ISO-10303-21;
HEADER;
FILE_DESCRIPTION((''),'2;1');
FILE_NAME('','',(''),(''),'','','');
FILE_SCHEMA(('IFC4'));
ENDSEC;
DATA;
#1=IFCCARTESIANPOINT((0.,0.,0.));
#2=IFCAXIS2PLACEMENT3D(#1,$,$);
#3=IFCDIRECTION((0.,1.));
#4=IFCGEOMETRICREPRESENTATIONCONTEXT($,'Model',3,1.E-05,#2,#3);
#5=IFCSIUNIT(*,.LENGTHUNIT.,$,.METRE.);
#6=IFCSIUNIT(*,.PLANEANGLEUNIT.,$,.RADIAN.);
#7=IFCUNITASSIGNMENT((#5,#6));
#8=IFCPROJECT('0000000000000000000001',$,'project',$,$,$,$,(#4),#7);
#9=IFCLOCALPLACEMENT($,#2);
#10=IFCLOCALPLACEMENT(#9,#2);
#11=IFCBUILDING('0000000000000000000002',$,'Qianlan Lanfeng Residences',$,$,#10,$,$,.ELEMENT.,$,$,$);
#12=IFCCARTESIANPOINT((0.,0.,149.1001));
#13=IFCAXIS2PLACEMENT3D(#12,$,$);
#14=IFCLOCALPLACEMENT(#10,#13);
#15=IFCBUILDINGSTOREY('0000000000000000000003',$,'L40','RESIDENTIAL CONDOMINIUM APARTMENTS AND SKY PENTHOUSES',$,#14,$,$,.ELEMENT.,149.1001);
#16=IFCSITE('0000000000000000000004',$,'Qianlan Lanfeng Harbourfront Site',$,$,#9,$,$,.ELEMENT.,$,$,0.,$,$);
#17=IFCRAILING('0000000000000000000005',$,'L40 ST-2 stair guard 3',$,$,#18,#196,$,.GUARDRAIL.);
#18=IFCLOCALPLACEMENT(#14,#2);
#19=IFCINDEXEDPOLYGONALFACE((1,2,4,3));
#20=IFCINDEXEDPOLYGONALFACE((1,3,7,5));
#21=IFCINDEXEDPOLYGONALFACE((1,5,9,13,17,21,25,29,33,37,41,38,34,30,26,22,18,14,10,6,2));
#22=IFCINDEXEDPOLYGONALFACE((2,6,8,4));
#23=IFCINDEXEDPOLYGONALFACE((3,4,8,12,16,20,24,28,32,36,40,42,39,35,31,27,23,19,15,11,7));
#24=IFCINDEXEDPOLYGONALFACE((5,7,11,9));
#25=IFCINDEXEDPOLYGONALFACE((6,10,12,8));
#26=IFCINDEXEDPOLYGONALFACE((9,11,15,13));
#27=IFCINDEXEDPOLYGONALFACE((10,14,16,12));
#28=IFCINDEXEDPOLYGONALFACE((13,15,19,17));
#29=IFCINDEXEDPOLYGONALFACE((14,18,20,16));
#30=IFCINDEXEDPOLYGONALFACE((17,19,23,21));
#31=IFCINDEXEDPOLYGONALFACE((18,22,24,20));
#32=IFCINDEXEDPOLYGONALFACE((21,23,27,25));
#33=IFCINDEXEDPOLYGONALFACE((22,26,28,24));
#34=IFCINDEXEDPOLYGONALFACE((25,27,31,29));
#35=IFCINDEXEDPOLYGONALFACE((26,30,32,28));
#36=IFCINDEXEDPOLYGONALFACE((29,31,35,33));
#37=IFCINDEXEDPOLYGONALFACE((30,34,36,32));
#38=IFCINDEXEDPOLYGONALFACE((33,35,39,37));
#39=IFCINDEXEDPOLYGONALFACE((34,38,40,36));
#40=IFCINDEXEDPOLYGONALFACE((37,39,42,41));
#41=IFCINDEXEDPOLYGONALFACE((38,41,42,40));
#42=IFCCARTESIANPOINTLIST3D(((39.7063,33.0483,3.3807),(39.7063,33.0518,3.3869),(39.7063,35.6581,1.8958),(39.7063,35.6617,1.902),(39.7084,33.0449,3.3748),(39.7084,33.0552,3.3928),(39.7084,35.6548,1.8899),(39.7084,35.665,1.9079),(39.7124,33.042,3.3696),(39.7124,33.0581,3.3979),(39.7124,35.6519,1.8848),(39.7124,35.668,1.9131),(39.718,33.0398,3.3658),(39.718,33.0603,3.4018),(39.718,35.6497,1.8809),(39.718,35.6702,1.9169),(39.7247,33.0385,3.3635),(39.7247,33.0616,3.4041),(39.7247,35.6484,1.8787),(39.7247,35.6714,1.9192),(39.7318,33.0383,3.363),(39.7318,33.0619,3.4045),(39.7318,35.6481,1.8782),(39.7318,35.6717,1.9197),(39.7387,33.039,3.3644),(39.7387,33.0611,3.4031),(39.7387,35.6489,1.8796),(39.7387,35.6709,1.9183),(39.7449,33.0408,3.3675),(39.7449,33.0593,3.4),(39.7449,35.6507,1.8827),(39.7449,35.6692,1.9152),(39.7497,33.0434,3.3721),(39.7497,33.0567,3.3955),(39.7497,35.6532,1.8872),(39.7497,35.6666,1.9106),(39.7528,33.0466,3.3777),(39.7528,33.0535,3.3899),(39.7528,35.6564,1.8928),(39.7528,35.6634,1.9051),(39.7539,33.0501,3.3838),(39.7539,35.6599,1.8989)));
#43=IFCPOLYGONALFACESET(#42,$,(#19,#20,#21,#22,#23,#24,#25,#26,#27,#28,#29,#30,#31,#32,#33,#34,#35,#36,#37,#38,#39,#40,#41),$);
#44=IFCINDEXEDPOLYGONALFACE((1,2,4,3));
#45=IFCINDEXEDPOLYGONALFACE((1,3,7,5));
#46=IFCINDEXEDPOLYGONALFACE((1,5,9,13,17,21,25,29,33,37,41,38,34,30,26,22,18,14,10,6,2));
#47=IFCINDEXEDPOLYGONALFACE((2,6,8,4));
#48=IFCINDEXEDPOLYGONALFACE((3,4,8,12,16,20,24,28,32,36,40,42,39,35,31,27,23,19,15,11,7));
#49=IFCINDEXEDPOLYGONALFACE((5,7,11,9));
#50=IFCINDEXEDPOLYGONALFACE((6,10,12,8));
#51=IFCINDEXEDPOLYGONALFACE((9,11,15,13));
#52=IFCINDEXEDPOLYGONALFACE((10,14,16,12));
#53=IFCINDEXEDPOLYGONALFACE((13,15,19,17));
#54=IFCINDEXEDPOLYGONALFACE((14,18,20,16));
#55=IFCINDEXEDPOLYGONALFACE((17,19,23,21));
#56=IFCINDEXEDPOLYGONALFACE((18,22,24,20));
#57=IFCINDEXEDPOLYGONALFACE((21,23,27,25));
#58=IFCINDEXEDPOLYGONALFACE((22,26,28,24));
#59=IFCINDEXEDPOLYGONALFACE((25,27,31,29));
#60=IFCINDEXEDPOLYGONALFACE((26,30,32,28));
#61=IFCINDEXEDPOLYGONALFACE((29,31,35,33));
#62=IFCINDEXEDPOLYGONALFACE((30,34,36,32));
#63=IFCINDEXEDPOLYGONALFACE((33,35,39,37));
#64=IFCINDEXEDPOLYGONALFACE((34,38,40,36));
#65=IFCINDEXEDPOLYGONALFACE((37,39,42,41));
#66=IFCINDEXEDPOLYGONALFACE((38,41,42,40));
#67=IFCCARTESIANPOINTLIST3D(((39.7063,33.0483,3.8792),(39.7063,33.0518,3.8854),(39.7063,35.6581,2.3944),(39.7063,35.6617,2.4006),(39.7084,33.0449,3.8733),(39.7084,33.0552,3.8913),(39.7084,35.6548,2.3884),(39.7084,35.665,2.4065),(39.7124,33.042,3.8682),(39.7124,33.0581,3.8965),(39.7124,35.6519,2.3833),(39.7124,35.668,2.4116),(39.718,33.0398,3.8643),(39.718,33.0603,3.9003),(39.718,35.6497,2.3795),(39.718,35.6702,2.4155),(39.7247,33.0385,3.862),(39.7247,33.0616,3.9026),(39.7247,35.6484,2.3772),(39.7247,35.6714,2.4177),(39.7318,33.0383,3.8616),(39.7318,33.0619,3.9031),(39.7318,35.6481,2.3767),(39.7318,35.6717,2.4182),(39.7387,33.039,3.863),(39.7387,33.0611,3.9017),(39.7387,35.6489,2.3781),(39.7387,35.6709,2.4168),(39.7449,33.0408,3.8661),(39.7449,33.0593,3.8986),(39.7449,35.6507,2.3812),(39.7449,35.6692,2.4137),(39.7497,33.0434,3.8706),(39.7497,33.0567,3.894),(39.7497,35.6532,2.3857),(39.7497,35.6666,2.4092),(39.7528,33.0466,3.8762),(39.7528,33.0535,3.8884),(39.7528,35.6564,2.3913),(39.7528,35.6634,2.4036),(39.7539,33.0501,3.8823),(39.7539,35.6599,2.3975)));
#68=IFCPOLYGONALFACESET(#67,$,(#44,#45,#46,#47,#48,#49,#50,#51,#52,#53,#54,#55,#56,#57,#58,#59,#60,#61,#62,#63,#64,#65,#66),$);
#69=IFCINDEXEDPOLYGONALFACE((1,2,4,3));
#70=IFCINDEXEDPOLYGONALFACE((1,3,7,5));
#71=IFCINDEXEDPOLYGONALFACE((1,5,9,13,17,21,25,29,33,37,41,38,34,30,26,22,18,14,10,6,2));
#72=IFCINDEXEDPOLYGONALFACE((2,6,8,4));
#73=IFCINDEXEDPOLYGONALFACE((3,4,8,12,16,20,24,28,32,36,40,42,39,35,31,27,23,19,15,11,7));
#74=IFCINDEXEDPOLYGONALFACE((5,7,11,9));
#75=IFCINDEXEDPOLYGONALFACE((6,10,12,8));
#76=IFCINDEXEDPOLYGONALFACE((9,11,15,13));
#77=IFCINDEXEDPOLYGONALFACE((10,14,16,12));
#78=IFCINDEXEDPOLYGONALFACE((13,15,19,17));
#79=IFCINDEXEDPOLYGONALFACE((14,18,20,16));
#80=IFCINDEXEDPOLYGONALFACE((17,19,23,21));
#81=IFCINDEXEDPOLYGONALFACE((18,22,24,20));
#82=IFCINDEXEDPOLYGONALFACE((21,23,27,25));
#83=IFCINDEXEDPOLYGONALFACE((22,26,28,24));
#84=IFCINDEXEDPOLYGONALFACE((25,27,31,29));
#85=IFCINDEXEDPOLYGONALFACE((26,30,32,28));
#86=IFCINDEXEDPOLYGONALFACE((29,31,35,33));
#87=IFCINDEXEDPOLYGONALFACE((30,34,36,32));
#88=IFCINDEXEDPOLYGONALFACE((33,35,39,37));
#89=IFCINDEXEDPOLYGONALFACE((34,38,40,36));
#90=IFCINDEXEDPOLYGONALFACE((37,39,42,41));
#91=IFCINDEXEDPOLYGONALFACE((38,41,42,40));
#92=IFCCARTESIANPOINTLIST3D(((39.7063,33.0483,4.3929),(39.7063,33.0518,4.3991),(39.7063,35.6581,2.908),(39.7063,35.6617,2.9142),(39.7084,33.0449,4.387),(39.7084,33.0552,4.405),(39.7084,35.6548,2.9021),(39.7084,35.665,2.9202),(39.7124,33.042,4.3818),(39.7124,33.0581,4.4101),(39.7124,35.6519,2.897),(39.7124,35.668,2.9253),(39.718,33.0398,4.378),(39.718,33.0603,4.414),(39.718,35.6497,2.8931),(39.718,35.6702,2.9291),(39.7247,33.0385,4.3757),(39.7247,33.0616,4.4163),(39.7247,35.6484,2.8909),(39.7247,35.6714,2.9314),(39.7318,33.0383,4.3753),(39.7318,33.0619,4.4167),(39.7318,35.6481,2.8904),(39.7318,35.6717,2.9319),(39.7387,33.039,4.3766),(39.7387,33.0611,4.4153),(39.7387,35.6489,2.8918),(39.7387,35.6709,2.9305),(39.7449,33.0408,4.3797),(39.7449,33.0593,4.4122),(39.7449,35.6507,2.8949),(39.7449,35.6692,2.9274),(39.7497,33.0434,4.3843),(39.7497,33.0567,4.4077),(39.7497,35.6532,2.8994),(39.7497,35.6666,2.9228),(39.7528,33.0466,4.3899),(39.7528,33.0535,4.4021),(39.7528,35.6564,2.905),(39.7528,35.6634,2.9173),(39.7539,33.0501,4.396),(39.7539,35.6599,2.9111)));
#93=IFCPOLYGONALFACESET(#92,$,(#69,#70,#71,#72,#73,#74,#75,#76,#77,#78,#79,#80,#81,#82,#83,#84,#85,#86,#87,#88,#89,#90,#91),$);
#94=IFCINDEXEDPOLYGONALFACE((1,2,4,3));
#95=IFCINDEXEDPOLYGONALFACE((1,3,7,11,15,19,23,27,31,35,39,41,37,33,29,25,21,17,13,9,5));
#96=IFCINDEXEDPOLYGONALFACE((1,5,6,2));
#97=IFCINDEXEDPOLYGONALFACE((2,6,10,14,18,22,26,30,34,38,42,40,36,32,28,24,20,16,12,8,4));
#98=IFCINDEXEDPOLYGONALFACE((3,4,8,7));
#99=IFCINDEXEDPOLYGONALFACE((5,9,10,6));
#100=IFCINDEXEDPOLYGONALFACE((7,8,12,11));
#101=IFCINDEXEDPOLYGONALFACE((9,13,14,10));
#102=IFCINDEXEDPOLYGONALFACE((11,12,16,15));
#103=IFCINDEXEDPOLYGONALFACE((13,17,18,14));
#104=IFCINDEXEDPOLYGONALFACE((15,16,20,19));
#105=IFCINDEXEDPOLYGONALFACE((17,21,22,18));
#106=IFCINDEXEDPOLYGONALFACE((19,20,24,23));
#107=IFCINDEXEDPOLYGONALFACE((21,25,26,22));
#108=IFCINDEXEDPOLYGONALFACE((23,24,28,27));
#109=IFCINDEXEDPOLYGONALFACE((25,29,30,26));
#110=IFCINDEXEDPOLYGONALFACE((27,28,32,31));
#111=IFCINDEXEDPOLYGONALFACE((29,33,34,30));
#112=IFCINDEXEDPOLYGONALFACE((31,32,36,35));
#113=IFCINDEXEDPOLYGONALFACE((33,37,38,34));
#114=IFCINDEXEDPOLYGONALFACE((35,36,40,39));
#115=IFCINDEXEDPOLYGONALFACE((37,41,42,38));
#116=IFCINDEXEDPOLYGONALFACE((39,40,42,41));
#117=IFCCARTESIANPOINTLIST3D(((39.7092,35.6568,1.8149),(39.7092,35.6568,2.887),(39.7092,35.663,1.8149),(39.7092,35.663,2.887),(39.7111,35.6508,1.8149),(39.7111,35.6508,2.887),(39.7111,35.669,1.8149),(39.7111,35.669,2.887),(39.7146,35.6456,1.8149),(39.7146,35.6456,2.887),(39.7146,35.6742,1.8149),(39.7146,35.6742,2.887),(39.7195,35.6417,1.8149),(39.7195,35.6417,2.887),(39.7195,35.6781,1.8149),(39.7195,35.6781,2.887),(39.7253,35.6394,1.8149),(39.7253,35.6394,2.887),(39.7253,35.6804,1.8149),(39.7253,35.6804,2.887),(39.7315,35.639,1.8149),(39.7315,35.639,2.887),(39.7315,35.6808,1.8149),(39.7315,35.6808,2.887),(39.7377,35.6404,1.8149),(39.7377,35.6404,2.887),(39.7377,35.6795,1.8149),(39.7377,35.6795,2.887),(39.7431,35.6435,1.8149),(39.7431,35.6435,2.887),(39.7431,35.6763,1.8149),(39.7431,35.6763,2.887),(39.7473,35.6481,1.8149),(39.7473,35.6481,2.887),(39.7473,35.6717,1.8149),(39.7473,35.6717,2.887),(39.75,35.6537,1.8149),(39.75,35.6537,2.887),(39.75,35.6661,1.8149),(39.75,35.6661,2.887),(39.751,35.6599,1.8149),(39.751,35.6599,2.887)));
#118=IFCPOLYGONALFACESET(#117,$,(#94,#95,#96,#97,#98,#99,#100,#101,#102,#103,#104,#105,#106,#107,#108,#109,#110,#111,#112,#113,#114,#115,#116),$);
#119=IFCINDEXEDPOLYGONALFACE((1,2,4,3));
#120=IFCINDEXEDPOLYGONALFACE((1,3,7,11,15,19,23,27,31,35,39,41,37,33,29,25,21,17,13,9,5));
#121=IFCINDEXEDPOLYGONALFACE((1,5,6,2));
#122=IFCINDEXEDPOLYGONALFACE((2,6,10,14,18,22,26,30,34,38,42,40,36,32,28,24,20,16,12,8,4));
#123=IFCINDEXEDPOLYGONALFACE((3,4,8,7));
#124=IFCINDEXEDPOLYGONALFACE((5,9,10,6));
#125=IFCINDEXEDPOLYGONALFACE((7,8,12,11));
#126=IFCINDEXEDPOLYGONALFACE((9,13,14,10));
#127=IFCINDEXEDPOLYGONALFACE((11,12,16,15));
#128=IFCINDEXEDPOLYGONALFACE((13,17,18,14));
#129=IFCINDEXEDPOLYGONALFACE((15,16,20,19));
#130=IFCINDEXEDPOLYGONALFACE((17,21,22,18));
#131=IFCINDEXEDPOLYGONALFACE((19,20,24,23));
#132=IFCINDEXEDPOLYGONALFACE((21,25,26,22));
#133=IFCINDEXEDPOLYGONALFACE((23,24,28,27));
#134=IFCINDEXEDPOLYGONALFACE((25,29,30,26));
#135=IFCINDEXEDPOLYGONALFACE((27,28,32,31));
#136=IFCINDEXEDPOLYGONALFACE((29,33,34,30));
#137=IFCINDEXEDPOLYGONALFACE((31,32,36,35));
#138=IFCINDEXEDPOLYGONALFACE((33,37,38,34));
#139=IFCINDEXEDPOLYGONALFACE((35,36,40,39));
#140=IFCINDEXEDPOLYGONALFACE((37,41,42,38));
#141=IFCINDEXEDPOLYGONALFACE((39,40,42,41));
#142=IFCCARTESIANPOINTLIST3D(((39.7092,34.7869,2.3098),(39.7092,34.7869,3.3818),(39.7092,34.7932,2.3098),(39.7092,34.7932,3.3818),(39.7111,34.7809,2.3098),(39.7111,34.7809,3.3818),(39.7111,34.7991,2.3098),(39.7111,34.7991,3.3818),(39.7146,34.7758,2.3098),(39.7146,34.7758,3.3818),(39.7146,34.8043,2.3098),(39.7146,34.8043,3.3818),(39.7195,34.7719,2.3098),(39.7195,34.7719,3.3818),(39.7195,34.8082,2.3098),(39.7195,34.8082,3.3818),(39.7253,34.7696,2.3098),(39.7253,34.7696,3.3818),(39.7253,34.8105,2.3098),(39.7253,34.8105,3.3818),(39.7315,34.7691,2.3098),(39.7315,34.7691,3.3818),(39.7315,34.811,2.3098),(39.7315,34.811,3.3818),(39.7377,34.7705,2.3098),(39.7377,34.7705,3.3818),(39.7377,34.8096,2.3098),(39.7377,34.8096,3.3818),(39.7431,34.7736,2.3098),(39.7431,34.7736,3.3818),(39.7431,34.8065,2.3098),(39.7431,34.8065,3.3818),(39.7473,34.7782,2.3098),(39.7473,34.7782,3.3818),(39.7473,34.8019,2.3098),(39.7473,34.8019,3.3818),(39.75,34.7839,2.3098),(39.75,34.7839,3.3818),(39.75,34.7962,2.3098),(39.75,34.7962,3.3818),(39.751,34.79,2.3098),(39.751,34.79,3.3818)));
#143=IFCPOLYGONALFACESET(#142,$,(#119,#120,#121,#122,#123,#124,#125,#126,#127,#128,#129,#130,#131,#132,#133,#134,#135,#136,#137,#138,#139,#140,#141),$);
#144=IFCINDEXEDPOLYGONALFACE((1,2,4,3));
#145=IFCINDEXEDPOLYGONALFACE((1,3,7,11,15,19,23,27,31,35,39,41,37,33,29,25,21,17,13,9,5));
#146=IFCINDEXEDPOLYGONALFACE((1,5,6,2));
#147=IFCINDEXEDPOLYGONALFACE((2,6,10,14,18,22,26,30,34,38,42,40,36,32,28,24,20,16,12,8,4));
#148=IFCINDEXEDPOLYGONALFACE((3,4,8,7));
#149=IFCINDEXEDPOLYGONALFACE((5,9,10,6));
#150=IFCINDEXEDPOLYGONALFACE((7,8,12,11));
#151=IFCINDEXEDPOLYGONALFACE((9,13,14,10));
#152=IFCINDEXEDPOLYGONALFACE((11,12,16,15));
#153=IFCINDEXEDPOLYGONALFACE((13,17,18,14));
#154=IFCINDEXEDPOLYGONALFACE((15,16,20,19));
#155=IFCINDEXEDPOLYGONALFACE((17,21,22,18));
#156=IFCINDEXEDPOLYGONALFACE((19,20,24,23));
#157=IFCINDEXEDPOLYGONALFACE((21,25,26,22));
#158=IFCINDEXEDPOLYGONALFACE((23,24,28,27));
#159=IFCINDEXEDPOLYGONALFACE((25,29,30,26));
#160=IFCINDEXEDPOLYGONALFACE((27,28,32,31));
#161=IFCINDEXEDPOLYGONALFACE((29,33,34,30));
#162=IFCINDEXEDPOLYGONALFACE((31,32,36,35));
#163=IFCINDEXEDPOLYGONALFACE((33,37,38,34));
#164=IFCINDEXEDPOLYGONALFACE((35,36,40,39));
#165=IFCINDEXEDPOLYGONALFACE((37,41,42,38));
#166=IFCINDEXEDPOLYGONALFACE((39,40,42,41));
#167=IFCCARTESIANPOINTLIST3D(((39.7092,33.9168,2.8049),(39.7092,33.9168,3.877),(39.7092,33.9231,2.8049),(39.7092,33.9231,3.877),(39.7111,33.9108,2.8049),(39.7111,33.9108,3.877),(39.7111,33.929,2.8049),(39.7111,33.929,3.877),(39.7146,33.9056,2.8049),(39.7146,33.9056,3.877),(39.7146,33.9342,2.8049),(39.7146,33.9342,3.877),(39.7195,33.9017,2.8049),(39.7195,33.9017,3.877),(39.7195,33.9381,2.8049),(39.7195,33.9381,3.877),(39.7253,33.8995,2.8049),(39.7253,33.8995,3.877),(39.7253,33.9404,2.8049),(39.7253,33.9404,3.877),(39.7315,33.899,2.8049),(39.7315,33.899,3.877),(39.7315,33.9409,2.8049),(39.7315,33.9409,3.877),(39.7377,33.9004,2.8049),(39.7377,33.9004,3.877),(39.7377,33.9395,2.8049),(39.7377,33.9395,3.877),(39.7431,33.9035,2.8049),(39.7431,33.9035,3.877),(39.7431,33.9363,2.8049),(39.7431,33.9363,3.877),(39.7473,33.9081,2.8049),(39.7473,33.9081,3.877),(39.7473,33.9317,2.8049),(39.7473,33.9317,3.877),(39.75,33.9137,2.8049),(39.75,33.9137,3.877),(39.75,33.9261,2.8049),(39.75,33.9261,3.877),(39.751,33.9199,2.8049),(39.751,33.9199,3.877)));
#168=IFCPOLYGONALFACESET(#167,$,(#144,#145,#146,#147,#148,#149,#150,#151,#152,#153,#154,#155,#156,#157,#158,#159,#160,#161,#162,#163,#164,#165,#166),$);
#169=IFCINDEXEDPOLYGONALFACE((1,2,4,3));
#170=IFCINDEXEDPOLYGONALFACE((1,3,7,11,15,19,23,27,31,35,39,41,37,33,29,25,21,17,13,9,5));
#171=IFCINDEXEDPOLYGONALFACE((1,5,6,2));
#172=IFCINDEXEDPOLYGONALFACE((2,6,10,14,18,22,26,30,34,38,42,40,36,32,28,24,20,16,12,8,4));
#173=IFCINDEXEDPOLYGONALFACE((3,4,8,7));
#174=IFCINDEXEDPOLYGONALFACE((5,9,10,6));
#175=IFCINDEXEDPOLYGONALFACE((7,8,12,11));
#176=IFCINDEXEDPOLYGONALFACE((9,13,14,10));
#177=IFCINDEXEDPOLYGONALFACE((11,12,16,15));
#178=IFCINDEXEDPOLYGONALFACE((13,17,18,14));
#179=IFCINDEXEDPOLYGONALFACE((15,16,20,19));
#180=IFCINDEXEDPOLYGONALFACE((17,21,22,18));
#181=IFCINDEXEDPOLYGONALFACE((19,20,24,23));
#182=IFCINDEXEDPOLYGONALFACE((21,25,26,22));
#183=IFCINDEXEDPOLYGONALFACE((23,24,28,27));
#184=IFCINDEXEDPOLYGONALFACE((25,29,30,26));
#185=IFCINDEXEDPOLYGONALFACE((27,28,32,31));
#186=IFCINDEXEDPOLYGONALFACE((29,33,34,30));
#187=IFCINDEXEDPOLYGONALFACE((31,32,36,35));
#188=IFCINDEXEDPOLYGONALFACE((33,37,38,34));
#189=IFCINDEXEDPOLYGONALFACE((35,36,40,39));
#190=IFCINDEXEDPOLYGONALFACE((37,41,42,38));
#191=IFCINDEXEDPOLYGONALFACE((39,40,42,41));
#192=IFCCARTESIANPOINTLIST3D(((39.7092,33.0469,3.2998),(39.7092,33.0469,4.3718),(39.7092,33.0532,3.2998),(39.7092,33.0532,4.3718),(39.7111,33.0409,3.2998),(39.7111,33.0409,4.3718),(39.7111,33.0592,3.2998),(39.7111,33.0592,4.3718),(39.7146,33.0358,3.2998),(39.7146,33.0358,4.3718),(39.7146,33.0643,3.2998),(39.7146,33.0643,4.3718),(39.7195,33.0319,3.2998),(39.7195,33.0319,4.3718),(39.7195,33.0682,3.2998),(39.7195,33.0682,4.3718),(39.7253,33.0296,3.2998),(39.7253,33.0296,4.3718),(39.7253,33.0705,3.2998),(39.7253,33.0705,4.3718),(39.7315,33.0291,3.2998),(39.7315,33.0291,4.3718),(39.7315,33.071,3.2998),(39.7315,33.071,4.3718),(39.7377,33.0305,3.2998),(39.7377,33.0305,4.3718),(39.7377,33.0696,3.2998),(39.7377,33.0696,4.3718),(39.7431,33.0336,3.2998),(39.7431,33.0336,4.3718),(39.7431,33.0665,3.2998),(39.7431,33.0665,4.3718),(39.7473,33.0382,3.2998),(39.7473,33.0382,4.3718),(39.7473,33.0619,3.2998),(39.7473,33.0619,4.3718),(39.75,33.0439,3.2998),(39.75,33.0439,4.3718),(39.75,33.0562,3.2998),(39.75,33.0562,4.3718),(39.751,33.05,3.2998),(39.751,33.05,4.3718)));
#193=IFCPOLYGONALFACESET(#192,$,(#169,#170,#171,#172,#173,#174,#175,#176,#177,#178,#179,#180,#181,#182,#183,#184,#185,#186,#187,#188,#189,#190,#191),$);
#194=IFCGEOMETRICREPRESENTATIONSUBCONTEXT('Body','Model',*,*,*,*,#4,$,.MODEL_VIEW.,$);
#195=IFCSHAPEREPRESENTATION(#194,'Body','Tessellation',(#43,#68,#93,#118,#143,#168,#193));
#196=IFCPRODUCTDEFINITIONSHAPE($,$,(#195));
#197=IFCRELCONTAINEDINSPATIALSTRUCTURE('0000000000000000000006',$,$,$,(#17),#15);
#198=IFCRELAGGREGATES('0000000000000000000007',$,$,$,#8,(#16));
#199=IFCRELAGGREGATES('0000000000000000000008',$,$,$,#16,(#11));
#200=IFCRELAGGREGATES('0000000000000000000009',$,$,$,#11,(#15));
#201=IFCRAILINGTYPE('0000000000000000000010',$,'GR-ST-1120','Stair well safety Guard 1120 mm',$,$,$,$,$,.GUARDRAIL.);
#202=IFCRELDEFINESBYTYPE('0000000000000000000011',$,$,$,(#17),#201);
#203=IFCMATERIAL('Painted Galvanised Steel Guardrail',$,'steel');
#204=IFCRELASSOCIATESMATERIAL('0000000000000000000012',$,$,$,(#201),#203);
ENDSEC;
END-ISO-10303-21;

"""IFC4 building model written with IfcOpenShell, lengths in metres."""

from ifc_helpers import new_model, si_unit, direction, frame, origin, origin_2d, place, context, subcontext, project, spatial, circle, extrude, material, type_object, element, save


model = new_model("IFC4")

# Units and contexts
model_context = context("Model", 3, precision=1e-05, world=origin(), true_north=direction((0.0, 1.0)))
body_context = subcontext(model_context, "Body", "Model", "MODEL_VIEW")
ifc_project = project(units=[si_unit("LENGTHUNIT", "METRE"), si_unit("PLANEANGLEUNIT", "RADIAN")], contexts=[model_context])

# Site, building, storey
site_placement = place(None, origin())
site = spatial("IfcSite", under=ifc_project, at=site_placement, Name="Qianlan Lanfeng Harbourfront Site", CompositionType="ELEMENT", RefElevation=0.0)
building_placement = place(site_placement, origin())
building = spatial("IfcBuilding", under=site, at=building_placement, Name="Qianlan Lanfeng Residences", CompositionType="ELEMENT")
storey_placement = place(building_placement, frame((0.0, 0.0, 149.1001)))
storey = spatial("IfcBuildingStorey", under=building, at=storey_placement, Name="L40", Description="RESIDENTIAL CONDOMINIUM APARTMENTS AND SKY PENTHOUSES", CompositionType="ELEMENT", Elevation=149.1001)

# Railing
ifc_material_1 = material(Name="Painted Galvanised Steel Guardrail", Category="steel")
railing_type_1 = type_object("IfcRailingType", Name="GR-ST-1120", Description="Stair well safety Guard 1120 mm", PredefinedType="GUARDRAIL", material=ifc_material_1)
railing_1_placement = place(storey_placement, frame((39.73, 35.6599, 1.8149)))
element("IfcRailing", 1, at=railing_1_placement, inside=storey, type_object=railing_type_1, Name="L40 ST-2 stair guard 3", PredefinedType="GUARDRAIL", context=body_context, shape_type="SweptSolid", body=[
    extrude(circle(Radius=0.0239, at=origin_2d()), frame((0.0, 0.0, 0.084), z_axis=(0.0, -0.869172, 0.494509), x_axis=(1.0, 0.0, 0.0)), (0.0, 0.0, 1.0), 3.0027),
    extrude(circle(Radius=0.0239, at=origin_2d()), frame((0.0, 0.0, 0.5825), z_axis=(0.0, -0.869172, 0.494509), x_axis=(1.0, 0.0, 0.0)), (0.0, 0.0, 1.0), 3.0027),
    extrude(circle(Radius=0.0239, at=origin_2d()), frame((0.0, 0.0, 1.0962), z_axis=(0.0, -0.869172, 0.494509), x_axis=(1.0, 0.0, 0.0)), (0.0, 0.0, 1.0), 3.0027),
    extrude(circle(Radius=0.021, at=origin_2d()), origin(), (0.0, 0.0, 1.0), 1.072),
    extrude(circle(Radius=0.021, at=origin_2d()), frame((0.0, -0.8699, 0.4949)), (0.0, 0.0, 1.0), 1.072),
    extrude(circle(Radius=0.021, at=origin_2d()), frame((0.0, -1.74, 0.99)), (0.0, 0.0, 1.0), 1.072),
    extrude(circle(Radius=0.021, at=origin_2d()), frame((0.0, -2.6099, 1.4849)), (0.0, 0.0, 1.0), 1.072),
])

save(model, "model.ifc")
